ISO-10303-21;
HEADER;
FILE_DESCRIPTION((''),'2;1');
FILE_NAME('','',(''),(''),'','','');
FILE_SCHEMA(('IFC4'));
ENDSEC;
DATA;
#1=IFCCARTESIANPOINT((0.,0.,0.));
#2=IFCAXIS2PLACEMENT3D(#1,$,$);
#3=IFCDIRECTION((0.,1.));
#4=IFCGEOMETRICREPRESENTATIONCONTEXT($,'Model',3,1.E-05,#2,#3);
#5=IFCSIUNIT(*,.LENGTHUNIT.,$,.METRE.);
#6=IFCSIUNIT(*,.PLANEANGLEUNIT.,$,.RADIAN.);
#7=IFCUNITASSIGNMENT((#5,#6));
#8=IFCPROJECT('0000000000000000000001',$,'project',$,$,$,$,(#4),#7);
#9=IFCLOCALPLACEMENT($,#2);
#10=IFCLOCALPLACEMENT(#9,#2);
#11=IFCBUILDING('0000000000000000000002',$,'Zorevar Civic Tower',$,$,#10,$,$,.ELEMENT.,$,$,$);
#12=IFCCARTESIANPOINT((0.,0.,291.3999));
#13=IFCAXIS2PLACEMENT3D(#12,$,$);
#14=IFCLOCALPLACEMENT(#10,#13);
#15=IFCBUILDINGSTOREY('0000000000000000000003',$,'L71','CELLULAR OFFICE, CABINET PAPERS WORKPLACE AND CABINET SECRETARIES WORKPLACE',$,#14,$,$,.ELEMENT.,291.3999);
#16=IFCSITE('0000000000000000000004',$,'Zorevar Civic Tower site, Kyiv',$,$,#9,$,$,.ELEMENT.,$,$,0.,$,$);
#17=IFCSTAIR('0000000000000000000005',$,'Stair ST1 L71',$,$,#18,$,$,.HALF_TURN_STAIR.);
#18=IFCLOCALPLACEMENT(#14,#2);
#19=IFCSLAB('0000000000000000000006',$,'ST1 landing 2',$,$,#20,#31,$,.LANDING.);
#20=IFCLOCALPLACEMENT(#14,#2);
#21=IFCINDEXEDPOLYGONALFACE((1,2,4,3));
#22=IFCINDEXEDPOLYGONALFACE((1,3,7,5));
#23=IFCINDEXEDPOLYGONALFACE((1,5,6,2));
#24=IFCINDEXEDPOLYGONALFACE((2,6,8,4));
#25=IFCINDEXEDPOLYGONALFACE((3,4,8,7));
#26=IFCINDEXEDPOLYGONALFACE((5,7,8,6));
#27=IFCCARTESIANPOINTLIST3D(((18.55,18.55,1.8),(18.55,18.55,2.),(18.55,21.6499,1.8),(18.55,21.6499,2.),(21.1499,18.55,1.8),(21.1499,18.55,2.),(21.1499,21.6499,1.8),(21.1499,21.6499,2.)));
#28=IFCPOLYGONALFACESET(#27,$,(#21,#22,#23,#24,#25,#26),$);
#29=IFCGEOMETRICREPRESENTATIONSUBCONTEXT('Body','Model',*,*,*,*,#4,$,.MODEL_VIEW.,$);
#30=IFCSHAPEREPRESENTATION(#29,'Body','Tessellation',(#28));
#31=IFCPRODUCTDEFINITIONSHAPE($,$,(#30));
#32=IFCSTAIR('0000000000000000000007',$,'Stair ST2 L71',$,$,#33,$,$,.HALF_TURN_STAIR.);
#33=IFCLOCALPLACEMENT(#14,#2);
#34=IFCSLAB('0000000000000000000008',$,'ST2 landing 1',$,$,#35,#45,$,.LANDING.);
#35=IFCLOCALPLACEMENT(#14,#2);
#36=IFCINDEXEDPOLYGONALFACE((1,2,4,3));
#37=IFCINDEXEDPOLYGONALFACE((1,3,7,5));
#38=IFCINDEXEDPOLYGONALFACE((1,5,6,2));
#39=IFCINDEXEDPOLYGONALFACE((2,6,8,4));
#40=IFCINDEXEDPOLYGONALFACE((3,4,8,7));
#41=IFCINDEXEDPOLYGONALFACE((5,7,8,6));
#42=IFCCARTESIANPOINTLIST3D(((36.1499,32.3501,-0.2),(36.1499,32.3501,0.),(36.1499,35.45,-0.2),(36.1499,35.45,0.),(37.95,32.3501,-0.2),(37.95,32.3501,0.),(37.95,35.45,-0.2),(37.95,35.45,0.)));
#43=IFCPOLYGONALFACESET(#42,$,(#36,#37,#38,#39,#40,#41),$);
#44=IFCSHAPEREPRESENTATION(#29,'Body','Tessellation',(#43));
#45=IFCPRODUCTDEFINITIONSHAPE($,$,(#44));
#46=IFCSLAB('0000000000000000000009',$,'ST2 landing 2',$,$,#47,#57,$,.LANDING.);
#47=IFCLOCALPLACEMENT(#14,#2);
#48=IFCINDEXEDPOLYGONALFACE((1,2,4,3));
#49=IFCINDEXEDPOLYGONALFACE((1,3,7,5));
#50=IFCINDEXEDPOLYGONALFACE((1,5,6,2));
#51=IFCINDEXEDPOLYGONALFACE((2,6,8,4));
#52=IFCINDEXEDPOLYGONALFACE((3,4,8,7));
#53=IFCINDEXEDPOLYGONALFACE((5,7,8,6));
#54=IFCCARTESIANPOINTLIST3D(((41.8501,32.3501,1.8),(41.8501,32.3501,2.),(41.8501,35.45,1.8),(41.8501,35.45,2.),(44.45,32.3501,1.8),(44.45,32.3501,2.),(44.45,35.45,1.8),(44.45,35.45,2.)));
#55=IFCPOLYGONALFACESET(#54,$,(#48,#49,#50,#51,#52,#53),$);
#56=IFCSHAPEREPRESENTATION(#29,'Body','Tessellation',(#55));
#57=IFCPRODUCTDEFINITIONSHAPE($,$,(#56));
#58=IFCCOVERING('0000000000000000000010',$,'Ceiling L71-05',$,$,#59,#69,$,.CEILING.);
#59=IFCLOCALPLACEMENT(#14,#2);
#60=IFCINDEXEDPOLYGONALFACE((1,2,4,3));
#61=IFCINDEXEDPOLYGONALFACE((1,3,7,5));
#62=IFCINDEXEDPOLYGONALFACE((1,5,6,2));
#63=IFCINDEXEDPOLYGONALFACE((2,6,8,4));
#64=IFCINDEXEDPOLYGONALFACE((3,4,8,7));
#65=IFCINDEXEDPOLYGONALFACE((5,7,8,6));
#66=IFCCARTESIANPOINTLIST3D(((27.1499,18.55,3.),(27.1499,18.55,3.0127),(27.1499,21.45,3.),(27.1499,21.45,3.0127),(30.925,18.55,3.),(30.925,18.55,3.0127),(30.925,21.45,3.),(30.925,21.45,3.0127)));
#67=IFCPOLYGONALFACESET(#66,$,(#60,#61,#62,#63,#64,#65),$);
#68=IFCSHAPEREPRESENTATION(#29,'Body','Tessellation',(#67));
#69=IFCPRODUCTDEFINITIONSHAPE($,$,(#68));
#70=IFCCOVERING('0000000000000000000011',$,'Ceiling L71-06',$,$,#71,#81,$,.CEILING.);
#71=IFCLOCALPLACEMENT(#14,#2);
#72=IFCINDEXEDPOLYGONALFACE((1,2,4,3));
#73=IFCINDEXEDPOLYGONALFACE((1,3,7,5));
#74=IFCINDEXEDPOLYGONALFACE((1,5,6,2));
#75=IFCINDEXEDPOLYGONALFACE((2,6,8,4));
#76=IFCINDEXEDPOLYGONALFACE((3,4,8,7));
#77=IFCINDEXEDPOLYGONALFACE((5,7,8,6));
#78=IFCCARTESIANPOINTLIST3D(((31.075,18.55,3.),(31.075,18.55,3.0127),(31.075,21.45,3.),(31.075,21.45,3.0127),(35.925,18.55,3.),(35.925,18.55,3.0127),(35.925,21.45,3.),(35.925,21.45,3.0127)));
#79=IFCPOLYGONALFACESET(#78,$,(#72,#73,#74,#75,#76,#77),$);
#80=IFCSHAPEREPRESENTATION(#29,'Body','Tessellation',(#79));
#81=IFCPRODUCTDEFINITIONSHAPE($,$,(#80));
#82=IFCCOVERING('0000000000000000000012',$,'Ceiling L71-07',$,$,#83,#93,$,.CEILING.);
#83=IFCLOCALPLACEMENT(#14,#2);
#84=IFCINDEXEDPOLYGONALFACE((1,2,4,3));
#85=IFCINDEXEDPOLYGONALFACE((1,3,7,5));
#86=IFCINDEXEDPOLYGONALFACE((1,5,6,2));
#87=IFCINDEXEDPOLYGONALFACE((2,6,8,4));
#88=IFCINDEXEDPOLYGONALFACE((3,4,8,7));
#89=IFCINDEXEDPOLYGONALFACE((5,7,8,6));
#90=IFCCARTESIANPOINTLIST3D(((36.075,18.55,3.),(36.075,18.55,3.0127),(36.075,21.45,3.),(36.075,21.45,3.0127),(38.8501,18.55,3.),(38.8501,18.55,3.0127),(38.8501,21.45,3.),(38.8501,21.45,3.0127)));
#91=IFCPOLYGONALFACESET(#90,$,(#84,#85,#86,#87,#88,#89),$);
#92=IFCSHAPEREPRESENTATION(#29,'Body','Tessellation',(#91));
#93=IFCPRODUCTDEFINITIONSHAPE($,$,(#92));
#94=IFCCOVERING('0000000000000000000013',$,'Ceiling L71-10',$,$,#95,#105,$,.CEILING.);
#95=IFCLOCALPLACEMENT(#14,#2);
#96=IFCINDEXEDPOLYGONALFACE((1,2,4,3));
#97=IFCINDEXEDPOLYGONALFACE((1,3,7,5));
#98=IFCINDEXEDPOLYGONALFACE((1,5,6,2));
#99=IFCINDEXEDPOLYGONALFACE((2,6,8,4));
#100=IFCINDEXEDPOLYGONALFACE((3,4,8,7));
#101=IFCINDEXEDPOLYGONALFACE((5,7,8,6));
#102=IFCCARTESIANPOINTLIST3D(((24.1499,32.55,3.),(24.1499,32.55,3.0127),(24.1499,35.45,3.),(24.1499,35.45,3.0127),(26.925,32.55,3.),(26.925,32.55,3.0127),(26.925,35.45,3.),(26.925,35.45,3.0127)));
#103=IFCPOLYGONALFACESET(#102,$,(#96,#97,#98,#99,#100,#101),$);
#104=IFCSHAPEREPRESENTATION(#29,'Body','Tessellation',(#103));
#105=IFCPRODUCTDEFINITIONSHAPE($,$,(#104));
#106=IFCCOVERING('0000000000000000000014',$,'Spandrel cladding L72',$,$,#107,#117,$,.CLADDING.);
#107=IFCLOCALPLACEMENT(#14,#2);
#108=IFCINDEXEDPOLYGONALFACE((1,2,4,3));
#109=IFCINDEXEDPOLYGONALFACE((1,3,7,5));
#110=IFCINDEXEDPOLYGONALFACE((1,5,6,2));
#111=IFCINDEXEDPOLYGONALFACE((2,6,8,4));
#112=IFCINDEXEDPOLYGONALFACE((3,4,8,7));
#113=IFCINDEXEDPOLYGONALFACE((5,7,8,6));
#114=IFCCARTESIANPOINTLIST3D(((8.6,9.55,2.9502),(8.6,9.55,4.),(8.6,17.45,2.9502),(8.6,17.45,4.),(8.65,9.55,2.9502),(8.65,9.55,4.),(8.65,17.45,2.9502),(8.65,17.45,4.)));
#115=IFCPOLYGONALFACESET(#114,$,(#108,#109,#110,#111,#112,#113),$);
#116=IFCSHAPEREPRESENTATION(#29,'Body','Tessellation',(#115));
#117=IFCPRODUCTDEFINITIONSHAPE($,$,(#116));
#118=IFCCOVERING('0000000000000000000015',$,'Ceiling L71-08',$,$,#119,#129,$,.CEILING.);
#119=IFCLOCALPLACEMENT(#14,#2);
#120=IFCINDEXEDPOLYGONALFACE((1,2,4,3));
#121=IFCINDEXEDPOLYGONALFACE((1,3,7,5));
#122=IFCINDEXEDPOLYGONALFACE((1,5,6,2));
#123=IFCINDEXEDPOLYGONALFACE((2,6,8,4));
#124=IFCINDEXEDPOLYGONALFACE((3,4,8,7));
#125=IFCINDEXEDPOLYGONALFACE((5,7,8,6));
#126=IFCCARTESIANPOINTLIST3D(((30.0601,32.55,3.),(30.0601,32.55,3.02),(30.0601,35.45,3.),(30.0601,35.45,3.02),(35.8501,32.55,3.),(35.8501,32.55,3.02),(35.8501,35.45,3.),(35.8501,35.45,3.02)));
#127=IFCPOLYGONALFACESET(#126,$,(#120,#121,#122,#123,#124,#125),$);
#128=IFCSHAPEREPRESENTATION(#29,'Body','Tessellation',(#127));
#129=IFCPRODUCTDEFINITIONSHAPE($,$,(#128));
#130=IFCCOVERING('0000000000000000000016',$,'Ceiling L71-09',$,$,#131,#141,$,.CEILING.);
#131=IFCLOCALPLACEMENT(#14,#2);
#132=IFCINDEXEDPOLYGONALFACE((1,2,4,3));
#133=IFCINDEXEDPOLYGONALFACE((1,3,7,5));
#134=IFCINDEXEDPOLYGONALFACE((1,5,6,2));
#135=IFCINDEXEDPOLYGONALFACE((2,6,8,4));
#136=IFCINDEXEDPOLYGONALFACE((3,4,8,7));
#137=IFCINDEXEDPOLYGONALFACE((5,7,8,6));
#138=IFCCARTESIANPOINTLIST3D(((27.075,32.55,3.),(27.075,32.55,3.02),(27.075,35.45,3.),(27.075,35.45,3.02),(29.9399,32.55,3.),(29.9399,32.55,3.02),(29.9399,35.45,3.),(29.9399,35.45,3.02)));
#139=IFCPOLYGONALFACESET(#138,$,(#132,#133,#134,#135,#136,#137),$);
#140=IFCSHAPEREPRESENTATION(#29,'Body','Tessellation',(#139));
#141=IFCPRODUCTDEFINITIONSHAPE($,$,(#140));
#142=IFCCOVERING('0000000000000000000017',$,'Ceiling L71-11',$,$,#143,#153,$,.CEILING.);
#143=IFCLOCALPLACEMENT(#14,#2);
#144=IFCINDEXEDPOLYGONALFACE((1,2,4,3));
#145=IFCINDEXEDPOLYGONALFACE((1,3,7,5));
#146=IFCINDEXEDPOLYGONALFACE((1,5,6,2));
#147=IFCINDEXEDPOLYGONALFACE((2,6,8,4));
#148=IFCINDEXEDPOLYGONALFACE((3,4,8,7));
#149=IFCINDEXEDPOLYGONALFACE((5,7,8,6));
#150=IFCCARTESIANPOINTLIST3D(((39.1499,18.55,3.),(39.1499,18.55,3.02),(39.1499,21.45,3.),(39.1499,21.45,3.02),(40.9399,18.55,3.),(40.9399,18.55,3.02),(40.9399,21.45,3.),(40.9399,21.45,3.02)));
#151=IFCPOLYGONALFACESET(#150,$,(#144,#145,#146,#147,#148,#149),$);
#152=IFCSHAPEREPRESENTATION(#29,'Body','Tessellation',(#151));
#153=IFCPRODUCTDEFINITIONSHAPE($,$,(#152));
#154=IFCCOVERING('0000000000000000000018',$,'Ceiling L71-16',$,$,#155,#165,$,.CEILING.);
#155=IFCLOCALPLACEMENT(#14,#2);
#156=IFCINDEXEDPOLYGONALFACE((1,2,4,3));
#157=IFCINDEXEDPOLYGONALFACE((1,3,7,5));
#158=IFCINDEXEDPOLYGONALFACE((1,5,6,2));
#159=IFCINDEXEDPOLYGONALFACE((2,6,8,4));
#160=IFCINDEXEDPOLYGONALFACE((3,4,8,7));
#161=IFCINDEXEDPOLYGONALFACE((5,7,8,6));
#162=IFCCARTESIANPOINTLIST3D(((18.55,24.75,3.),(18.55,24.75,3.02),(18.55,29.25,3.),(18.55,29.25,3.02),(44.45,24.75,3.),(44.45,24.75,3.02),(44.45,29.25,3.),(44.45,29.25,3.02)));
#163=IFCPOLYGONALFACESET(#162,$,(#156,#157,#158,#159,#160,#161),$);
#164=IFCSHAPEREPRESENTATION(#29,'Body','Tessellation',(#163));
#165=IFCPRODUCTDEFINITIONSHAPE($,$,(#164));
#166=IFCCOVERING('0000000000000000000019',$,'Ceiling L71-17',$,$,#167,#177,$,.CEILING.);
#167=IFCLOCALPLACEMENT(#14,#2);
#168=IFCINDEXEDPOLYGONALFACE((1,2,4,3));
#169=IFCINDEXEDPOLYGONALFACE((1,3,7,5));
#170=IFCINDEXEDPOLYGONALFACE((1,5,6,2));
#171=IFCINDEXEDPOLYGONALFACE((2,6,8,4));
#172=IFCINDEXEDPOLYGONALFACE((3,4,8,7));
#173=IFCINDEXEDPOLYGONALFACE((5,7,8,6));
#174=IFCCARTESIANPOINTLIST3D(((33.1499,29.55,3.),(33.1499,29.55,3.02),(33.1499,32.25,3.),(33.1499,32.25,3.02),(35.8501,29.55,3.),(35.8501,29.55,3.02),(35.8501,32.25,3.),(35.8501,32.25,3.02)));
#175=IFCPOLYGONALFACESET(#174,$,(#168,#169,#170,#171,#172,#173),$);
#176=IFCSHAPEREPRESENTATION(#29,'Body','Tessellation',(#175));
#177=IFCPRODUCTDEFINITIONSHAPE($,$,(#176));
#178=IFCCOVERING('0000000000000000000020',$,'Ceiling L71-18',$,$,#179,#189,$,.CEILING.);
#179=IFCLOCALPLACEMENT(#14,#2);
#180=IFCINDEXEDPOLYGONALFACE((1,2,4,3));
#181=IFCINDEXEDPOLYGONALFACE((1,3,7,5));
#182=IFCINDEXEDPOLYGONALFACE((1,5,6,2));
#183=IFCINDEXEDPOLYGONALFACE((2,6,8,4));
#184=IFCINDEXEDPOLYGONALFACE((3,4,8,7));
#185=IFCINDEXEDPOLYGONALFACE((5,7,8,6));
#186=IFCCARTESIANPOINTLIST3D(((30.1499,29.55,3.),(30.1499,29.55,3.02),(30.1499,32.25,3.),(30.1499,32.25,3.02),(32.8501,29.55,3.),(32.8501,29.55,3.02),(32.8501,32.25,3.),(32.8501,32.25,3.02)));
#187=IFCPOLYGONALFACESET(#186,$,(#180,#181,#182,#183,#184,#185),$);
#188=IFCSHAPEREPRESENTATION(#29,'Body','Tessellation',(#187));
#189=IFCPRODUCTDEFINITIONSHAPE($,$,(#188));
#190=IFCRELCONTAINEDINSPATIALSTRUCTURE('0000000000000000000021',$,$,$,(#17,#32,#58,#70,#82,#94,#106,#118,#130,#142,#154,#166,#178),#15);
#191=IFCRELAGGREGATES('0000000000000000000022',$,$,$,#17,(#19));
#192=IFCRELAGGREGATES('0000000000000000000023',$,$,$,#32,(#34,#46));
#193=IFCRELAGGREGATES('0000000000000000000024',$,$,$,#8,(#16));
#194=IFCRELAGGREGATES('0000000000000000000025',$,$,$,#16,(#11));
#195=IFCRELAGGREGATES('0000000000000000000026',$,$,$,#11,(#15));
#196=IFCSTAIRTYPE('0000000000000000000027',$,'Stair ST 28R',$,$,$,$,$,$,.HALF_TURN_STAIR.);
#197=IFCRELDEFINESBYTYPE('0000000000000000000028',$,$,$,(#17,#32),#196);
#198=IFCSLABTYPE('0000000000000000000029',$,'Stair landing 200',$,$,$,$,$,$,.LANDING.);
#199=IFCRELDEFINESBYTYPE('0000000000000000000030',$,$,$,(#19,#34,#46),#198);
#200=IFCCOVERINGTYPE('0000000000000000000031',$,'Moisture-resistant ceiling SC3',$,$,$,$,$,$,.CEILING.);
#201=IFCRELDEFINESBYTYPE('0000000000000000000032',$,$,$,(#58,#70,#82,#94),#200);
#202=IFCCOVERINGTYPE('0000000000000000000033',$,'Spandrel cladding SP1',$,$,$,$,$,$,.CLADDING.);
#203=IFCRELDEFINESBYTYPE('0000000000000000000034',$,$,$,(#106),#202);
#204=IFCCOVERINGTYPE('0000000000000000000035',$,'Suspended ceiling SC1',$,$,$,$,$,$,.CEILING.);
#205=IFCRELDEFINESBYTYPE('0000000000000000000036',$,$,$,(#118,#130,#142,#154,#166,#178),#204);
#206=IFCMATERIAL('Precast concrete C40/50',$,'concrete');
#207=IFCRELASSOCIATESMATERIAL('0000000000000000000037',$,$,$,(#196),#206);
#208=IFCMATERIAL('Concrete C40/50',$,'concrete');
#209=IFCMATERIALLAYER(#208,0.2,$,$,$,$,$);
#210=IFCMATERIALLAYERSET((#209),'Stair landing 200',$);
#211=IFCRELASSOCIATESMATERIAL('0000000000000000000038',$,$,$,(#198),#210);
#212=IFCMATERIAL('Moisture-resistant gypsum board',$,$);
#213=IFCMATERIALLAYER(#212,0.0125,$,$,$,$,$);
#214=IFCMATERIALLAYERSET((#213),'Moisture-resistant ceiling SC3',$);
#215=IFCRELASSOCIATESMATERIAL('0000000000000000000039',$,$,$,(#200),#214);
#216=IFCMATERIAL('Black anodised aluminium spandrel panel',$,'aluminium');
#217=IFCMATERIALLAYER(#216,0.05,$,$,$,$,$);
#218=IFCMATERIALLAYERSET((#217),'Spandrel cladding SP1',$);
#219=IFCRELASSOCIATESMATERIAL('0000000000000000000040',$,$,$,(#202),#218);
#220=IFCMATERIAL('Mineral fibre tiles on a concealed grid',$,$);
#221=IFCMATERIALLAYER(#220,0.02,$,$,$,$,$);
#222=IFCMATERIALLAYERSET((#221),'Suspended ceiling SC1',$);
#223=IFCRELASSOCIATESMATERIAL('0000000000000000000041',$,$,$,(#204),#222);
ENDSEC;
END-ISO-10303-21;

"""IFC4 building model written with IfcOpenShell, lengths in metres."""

from ifc_helpers import new_model, si_unit, direction, frame, frame_2d, origin, place, context, subcontext, project, spatial, polyline, rectangle, outline, extrude, material, layer, layer_set, type_object, element, aggregate, save


model = new_model("IFC4")

# Units and contexts
model_context = context("Model", 3, precision=1e-05, world=origin(), true_north=direction((0.0, 1.0)))
body_context = subcontext(model_context, "Body", "Model", "MODEL_VIEW")
ifc_project = project(units=[si_unit("LENGTHUNIT", "METRE"), si_unit("PLANEANGLEUNIT", "RADIAN")], contexts=[model_context])

# Site, building, storey
site_placement = place(None, origin())
site = spatial("IfcSite", under=ifc_project, at=site_placement, Name="Zorevar Civic Tower site, Kyiv", CompositionType="ELEMENT", RefElevation=0.0)
building_placement = place(site_placement, origin())
building = spatial("IfcBuilding", under=site, at=building_placement, Name="Zorevar Civic Tower", CompositionType="ELEMENT")
storey_placement = place(building_placement, frame((0.0, 0.0, 291.3999)))
storey = spatial("IfcBuildingStorey", under=building, at=storey_placement, Name="L71", Description="CELLULAR OFFICE, CABINET PAPERS WORKPLACE AND CABINET SECRETARIES WORKPLACE", CompositionType="ELEMENT", Elevation=291.3999)

# Stairs, slabs
ifc_material_1 = material(Name="Precast concrete C40/50", Category="concrete")
stair_type = type_object("IfcStairType", Name="Stair ST 28R", PredefinedType="HALF_TURN_STAIR", material=ifc_material_1)
stair_1_placement = place(storey_placement, origin())
stair_1 = element("IfcStair", 1, at=stair_1_placement, inside=storey, type_object=stair_type, Name="Stair ST1 L71", PredefinedType="HALF_TURN_STAIR")
ifc_material_2 = material(Name="Concrete C40/50", Category="concrete")
ifc_layer_1 = layer(ifc_material_2, 0.2)
ifc_layer_set_1 = layer_set([ifc_layer_1], Name="Stair landing 200")
slab_type_1 = type_object("IfcSlabType", Name="Stair landing 200", PredefinedType="LANDING", material=ifc_layer_set_1)
slab_1_placement = place(storey_placement, frame((0.0, 0.0, 1.8)))
slab_1 = element("IfcSlab", 2, at=slab_1_placement, type_object=slab_type_1, Name="ST1 landing 2", PredefinedType="LANDING", context=body_context, shape_type="SweptSolid", body=[
    extrude(outline(polyline([(18.55, 18.55), (21.1499, 18.55), (21.1499, 21.6499), (18.55, 21.6499), (18.55, 18.55)])), origin(), (0.0, 0.0, 1.0), 0.2),
])
aggregate(stair_1, [slab_1])
stair_2_placement = place(storey_placement, origin())
stair_2 = element("IfcStair", 3, at=stair_2_placement, inside=storey, type_object=stair_type, Name="Stair ST2 L71", PredefinedType="HALF_TURN_STAIR")
slab_2_placement = place(storey_placement, frame((0.0, 0.0, -0.2)))
slab_2 = element("IfcSlab", 4, at=slab_2_placement, type_object=slab_type_1, Name="ST2 landing 1", PredefinedType="LANDING", context=body_context, shape_type="SweptSolid", body=[
    extrude(outline(polyline([(37.95, 32.3501), (36.1499, 32.3501), (36.1499, 35.45), (37.95, 35.45), (37.95, 32.3501)])), origin(), (0.0, 0.0, 1.0), 0.2),
])
slab_3_placement = place(storey_placement, frame((0.0, 0.0, 1.8)))
slab_3 = element("IfcSlab", 5, at=slab_3_placement, type_object=slab_type_1, Name="ST2 landing 2", PredefinedType="LANDING", context=body_context, shape_type="SweptSolid", body=[
    extrude(outline(polyline([(44.45, 32.3501), (41.8501, 32.3501), (41.8501, 35.45), (44.45, 35.45), (44.45, 32.3501)])), origin(), (0.0, 0.0, 1.0), 0.2),
])
aggregate(stair_2, [slab_2, slab_3])

# Coverings
ifc_material_3 = material(Name="Moisture-resistant gypsum board")
ifc_layer_2 = layer(ifc_material_3, 0.0125)
ifc_layer_set_2 = layer_set([ifc_layer_2], Name="Moisture-resistant ceiling SC3")
covering_type_1 = type_object("IfcCoveringType", Name="Moisture-resistant ceiling SC3", PredefinedType="CEILING", material=ifc_layer_set_2)
covering_1_placement = place(storey_placement, frame((0.0, 0.0, 3.0)))
element("IfcCovering", 6, at=covering_1_placement, inside=storey, type_object=covering_type_1, Name="Ceiling L71-05", PredefinedType="CEILING", context=body_context, shape_type="SweptSolid", body=[
    extrude(outline(polyline([(30.925, 18.55), (30.925, 21.45), (27.1499, 21.45), (27.1499, 18.55), (30.925, 18.55)])), origin(), (0.0, 0.0, 1.0), 0.0127),
])
covering_2_placement = place(storey_placement, frame((0.0, 0.0, 3.0)))
element("IfcCovering", 7, at=covering_2_placement, inside=storey, type_object=covering_type_1, Name="Ceiling L71-06", PredefinedType="CEILING", context=body_context, shape_type="SweptSolid", body=[
    extrude(outline(polyline([(35.925, 18.55), (35.925, 21.45), (31.075, 21.45), (31.075, 18.55), (35.925, 18.55)])), origin(), (0.0, 0.0, 1.0), 0.0127),
])
covering_3_placement = place(storey_placement, frame((0.0, 0.0, 3.0)))
element("IfcCovering", 8, at=covering_3_placement, inside=storey, type_object=covering_type_1, Name="Ceiling L71-07", PredefinedType="CEILING", context=body_context, shape_type="SweptSolid", body=[
    extrude(outline(polyline([(38.8501, 18.55), (38.8501, 21.45), (36.075, 21.45), (36.075, 18.55), (38.8501, 18.55)])), origin(), (0.0, 0.0, 1.0), 0.0127),
])
covering_4_placement = place(storey_placement, frame((0.0, 0.0, 3.0)))
element("IfcCovering", 9, at=covering_4_placement, inside=storey, type_object=covering_type_1, Name="Ceiling L71-10", PredefinedType="CEILING", context=body_context, shape_type="SweptSolid", body=[
    extrude(outline(polyline([(26.925, 32.55), (26.925, 35.45), (24.1499, 35.45), (24.1499, 32.55), (26.925, 32.55)])), origin(), (0.0, 0.0, 1.0), 0.0127),
])
ifc_material_4 = material(Name="Black anodised aluminium spandrel panel", Category="aluminium")
ifc_layer_3 = layer(ifc_material_4, 0.05)
ifc_layer_set_3 = layer_set([ifc_layer_3], Name="Spandrel cladding SP1")
covering_type_2 = type_object("IfcCoveringType", Name="Spandrel cladding SP1", PredefinedType="CLADDING", material=ifc_layer_set_3)
covering_5_placement = place(storey_placement, frame((8.625, 9.55, 2.9502), z_axis=(0.0, 0.0, 1.0), x_axis=(0.0, 1.0, 0.0)))
element("IfcCovering", 10, at=covering_5_placement, inside=storey, type_object=covering_type_2, Name="Spandrel cladding L72", PredefinedType="CLADDING", context=body_context, shape_type="SweptSolid", body=[
    extrude(rectangle(XDim=7.8999, YDim=0.05, at=frame_2d((3.95, 0.0))), origin(), (0.0, 0.0, 1.0), 1.0498),
])
ifc_material_5 = material(Name="Mineral fibre tiles on a concealed grid")
ifc_layer_4 = layer(ifc_material_5, 0.02)
ifc_layer_set_4 = layer_set([ifc_layer_4], Name="Suspended ceiling SC1")
covering_type_3 = type_object("IfcCoveringType", Name="Suspended ceiling SC1", PredefinedType="CEILING", material=ifc_layer_set_4)
covering_6_placement = place(storey_placement, frame((0.0, 0.0, 3.0)))
element("IfcCovering", 11, at=covering_6_placement, inside=storey, type_object=covering_type_3, Name="Ceiling L71-08", PredefinedType="CEILING", context=body_context, shape_type="SweptSolid", body=[
    extrude(outline(polyline([(35.8501, 32.55), (35.8501, 35.45), (30.0601, 35.45), (30.0601, 32.55), (35.8501, 32.55)])), origin(), (0.0, 0.0, 1.0), 0.02),
])
covering_7_placement = place(storey_placement, frame((0.0, 0.0, 3.0)))
element("IfcCovering", 12, at=covering_7_placement, inside=storey, type_object=covering_type_3, Name="Ceiling L71-09", PredefinedType="CEILING", context=body_context, shape_type="SweptSolid", body=[
    extrude(outline(polyline([(29.9399, 32.55), (29.9399, 35.45), (27.075, 35.45), (27.075, 32.55), (29.9399, 32.55)])), origin(), (0.0, 0.0, 1.0), 0.02),
])
covering_8_placement = place(storey_placement, frame((0.0, 0.0, 3.0)))
element("IfcCovering", 13, at=covering_8_placement, inside=storey, type_object=covering_type_3, Name="Ceiling L71-11", PredefinedType="CEILING", context=body_context, shape_type="SweptSolid", body=[
    extrude(outline(polyline([(40.9399, 18.55), (40.9399, 21.45), (39.1499, 21.45), (39.1499, 18.55), (40.9399, 18.55)])), origin(), (0.0, 0.0, 1.0), 0.02),
])
covering_9_placement = place(storey_placement, frame((0.0, 0.0, 3.0)))
element("IfcCovering", 14, at=covering_9_placement, inside=storey, type_object=covering_type_3, Name="Ceiling L71-16", PredefinedType="CEILING", context=body_context, shape_type="SweptSolid", body=[
    extrude(outline(polyline([(44.45, 24.75), (44.45, 29.25), (18.55, 29.25), (18.55, 24.75), (44.45, 24.75)])), origin(), (0.0, 0.0, 1.0), 0.02),
])
covering_10_placement = place(storey_placement, frame((0.0, 0.0, 3.0)))
element("IfcCovering", 15, at=covering_10_placement, inside=storey, type_object=covering_type_3, Name="Ceiling L71-17", PredefinedType="CEILING", context=body_context, shape_type="SweptSolid", body=[
    extrude(outline(polyline([(35.8501, 29.55), (35.8501, 32.25), (33.1499, 32.25), (33.1499, 29.55), (35.8501, 29.55)])), origin(), (0.0, 0.0, 1.0), 0.02),
])
covering_11_placement = place(storey_placement, frame((0.0, 0.0, 3.0)))
element("IfcCovering", 16, at=covering_11_placement, inside=storey, type_object=covering_type_3, Name="Ceiling L71-18", PredefinedType="CEILING", context=body_context, shape_type="SweptSolid", body=[
    extrude(outline(polyline([(32.8501, 29.55), (32.8501, 32.25), (30.1499, 32.25), (30.1499, 29.55), (32.8501, 29.55)])), origin(), (0.0, 0.0, 1.0), 0.02),
])

save(model, "model.ifc")
